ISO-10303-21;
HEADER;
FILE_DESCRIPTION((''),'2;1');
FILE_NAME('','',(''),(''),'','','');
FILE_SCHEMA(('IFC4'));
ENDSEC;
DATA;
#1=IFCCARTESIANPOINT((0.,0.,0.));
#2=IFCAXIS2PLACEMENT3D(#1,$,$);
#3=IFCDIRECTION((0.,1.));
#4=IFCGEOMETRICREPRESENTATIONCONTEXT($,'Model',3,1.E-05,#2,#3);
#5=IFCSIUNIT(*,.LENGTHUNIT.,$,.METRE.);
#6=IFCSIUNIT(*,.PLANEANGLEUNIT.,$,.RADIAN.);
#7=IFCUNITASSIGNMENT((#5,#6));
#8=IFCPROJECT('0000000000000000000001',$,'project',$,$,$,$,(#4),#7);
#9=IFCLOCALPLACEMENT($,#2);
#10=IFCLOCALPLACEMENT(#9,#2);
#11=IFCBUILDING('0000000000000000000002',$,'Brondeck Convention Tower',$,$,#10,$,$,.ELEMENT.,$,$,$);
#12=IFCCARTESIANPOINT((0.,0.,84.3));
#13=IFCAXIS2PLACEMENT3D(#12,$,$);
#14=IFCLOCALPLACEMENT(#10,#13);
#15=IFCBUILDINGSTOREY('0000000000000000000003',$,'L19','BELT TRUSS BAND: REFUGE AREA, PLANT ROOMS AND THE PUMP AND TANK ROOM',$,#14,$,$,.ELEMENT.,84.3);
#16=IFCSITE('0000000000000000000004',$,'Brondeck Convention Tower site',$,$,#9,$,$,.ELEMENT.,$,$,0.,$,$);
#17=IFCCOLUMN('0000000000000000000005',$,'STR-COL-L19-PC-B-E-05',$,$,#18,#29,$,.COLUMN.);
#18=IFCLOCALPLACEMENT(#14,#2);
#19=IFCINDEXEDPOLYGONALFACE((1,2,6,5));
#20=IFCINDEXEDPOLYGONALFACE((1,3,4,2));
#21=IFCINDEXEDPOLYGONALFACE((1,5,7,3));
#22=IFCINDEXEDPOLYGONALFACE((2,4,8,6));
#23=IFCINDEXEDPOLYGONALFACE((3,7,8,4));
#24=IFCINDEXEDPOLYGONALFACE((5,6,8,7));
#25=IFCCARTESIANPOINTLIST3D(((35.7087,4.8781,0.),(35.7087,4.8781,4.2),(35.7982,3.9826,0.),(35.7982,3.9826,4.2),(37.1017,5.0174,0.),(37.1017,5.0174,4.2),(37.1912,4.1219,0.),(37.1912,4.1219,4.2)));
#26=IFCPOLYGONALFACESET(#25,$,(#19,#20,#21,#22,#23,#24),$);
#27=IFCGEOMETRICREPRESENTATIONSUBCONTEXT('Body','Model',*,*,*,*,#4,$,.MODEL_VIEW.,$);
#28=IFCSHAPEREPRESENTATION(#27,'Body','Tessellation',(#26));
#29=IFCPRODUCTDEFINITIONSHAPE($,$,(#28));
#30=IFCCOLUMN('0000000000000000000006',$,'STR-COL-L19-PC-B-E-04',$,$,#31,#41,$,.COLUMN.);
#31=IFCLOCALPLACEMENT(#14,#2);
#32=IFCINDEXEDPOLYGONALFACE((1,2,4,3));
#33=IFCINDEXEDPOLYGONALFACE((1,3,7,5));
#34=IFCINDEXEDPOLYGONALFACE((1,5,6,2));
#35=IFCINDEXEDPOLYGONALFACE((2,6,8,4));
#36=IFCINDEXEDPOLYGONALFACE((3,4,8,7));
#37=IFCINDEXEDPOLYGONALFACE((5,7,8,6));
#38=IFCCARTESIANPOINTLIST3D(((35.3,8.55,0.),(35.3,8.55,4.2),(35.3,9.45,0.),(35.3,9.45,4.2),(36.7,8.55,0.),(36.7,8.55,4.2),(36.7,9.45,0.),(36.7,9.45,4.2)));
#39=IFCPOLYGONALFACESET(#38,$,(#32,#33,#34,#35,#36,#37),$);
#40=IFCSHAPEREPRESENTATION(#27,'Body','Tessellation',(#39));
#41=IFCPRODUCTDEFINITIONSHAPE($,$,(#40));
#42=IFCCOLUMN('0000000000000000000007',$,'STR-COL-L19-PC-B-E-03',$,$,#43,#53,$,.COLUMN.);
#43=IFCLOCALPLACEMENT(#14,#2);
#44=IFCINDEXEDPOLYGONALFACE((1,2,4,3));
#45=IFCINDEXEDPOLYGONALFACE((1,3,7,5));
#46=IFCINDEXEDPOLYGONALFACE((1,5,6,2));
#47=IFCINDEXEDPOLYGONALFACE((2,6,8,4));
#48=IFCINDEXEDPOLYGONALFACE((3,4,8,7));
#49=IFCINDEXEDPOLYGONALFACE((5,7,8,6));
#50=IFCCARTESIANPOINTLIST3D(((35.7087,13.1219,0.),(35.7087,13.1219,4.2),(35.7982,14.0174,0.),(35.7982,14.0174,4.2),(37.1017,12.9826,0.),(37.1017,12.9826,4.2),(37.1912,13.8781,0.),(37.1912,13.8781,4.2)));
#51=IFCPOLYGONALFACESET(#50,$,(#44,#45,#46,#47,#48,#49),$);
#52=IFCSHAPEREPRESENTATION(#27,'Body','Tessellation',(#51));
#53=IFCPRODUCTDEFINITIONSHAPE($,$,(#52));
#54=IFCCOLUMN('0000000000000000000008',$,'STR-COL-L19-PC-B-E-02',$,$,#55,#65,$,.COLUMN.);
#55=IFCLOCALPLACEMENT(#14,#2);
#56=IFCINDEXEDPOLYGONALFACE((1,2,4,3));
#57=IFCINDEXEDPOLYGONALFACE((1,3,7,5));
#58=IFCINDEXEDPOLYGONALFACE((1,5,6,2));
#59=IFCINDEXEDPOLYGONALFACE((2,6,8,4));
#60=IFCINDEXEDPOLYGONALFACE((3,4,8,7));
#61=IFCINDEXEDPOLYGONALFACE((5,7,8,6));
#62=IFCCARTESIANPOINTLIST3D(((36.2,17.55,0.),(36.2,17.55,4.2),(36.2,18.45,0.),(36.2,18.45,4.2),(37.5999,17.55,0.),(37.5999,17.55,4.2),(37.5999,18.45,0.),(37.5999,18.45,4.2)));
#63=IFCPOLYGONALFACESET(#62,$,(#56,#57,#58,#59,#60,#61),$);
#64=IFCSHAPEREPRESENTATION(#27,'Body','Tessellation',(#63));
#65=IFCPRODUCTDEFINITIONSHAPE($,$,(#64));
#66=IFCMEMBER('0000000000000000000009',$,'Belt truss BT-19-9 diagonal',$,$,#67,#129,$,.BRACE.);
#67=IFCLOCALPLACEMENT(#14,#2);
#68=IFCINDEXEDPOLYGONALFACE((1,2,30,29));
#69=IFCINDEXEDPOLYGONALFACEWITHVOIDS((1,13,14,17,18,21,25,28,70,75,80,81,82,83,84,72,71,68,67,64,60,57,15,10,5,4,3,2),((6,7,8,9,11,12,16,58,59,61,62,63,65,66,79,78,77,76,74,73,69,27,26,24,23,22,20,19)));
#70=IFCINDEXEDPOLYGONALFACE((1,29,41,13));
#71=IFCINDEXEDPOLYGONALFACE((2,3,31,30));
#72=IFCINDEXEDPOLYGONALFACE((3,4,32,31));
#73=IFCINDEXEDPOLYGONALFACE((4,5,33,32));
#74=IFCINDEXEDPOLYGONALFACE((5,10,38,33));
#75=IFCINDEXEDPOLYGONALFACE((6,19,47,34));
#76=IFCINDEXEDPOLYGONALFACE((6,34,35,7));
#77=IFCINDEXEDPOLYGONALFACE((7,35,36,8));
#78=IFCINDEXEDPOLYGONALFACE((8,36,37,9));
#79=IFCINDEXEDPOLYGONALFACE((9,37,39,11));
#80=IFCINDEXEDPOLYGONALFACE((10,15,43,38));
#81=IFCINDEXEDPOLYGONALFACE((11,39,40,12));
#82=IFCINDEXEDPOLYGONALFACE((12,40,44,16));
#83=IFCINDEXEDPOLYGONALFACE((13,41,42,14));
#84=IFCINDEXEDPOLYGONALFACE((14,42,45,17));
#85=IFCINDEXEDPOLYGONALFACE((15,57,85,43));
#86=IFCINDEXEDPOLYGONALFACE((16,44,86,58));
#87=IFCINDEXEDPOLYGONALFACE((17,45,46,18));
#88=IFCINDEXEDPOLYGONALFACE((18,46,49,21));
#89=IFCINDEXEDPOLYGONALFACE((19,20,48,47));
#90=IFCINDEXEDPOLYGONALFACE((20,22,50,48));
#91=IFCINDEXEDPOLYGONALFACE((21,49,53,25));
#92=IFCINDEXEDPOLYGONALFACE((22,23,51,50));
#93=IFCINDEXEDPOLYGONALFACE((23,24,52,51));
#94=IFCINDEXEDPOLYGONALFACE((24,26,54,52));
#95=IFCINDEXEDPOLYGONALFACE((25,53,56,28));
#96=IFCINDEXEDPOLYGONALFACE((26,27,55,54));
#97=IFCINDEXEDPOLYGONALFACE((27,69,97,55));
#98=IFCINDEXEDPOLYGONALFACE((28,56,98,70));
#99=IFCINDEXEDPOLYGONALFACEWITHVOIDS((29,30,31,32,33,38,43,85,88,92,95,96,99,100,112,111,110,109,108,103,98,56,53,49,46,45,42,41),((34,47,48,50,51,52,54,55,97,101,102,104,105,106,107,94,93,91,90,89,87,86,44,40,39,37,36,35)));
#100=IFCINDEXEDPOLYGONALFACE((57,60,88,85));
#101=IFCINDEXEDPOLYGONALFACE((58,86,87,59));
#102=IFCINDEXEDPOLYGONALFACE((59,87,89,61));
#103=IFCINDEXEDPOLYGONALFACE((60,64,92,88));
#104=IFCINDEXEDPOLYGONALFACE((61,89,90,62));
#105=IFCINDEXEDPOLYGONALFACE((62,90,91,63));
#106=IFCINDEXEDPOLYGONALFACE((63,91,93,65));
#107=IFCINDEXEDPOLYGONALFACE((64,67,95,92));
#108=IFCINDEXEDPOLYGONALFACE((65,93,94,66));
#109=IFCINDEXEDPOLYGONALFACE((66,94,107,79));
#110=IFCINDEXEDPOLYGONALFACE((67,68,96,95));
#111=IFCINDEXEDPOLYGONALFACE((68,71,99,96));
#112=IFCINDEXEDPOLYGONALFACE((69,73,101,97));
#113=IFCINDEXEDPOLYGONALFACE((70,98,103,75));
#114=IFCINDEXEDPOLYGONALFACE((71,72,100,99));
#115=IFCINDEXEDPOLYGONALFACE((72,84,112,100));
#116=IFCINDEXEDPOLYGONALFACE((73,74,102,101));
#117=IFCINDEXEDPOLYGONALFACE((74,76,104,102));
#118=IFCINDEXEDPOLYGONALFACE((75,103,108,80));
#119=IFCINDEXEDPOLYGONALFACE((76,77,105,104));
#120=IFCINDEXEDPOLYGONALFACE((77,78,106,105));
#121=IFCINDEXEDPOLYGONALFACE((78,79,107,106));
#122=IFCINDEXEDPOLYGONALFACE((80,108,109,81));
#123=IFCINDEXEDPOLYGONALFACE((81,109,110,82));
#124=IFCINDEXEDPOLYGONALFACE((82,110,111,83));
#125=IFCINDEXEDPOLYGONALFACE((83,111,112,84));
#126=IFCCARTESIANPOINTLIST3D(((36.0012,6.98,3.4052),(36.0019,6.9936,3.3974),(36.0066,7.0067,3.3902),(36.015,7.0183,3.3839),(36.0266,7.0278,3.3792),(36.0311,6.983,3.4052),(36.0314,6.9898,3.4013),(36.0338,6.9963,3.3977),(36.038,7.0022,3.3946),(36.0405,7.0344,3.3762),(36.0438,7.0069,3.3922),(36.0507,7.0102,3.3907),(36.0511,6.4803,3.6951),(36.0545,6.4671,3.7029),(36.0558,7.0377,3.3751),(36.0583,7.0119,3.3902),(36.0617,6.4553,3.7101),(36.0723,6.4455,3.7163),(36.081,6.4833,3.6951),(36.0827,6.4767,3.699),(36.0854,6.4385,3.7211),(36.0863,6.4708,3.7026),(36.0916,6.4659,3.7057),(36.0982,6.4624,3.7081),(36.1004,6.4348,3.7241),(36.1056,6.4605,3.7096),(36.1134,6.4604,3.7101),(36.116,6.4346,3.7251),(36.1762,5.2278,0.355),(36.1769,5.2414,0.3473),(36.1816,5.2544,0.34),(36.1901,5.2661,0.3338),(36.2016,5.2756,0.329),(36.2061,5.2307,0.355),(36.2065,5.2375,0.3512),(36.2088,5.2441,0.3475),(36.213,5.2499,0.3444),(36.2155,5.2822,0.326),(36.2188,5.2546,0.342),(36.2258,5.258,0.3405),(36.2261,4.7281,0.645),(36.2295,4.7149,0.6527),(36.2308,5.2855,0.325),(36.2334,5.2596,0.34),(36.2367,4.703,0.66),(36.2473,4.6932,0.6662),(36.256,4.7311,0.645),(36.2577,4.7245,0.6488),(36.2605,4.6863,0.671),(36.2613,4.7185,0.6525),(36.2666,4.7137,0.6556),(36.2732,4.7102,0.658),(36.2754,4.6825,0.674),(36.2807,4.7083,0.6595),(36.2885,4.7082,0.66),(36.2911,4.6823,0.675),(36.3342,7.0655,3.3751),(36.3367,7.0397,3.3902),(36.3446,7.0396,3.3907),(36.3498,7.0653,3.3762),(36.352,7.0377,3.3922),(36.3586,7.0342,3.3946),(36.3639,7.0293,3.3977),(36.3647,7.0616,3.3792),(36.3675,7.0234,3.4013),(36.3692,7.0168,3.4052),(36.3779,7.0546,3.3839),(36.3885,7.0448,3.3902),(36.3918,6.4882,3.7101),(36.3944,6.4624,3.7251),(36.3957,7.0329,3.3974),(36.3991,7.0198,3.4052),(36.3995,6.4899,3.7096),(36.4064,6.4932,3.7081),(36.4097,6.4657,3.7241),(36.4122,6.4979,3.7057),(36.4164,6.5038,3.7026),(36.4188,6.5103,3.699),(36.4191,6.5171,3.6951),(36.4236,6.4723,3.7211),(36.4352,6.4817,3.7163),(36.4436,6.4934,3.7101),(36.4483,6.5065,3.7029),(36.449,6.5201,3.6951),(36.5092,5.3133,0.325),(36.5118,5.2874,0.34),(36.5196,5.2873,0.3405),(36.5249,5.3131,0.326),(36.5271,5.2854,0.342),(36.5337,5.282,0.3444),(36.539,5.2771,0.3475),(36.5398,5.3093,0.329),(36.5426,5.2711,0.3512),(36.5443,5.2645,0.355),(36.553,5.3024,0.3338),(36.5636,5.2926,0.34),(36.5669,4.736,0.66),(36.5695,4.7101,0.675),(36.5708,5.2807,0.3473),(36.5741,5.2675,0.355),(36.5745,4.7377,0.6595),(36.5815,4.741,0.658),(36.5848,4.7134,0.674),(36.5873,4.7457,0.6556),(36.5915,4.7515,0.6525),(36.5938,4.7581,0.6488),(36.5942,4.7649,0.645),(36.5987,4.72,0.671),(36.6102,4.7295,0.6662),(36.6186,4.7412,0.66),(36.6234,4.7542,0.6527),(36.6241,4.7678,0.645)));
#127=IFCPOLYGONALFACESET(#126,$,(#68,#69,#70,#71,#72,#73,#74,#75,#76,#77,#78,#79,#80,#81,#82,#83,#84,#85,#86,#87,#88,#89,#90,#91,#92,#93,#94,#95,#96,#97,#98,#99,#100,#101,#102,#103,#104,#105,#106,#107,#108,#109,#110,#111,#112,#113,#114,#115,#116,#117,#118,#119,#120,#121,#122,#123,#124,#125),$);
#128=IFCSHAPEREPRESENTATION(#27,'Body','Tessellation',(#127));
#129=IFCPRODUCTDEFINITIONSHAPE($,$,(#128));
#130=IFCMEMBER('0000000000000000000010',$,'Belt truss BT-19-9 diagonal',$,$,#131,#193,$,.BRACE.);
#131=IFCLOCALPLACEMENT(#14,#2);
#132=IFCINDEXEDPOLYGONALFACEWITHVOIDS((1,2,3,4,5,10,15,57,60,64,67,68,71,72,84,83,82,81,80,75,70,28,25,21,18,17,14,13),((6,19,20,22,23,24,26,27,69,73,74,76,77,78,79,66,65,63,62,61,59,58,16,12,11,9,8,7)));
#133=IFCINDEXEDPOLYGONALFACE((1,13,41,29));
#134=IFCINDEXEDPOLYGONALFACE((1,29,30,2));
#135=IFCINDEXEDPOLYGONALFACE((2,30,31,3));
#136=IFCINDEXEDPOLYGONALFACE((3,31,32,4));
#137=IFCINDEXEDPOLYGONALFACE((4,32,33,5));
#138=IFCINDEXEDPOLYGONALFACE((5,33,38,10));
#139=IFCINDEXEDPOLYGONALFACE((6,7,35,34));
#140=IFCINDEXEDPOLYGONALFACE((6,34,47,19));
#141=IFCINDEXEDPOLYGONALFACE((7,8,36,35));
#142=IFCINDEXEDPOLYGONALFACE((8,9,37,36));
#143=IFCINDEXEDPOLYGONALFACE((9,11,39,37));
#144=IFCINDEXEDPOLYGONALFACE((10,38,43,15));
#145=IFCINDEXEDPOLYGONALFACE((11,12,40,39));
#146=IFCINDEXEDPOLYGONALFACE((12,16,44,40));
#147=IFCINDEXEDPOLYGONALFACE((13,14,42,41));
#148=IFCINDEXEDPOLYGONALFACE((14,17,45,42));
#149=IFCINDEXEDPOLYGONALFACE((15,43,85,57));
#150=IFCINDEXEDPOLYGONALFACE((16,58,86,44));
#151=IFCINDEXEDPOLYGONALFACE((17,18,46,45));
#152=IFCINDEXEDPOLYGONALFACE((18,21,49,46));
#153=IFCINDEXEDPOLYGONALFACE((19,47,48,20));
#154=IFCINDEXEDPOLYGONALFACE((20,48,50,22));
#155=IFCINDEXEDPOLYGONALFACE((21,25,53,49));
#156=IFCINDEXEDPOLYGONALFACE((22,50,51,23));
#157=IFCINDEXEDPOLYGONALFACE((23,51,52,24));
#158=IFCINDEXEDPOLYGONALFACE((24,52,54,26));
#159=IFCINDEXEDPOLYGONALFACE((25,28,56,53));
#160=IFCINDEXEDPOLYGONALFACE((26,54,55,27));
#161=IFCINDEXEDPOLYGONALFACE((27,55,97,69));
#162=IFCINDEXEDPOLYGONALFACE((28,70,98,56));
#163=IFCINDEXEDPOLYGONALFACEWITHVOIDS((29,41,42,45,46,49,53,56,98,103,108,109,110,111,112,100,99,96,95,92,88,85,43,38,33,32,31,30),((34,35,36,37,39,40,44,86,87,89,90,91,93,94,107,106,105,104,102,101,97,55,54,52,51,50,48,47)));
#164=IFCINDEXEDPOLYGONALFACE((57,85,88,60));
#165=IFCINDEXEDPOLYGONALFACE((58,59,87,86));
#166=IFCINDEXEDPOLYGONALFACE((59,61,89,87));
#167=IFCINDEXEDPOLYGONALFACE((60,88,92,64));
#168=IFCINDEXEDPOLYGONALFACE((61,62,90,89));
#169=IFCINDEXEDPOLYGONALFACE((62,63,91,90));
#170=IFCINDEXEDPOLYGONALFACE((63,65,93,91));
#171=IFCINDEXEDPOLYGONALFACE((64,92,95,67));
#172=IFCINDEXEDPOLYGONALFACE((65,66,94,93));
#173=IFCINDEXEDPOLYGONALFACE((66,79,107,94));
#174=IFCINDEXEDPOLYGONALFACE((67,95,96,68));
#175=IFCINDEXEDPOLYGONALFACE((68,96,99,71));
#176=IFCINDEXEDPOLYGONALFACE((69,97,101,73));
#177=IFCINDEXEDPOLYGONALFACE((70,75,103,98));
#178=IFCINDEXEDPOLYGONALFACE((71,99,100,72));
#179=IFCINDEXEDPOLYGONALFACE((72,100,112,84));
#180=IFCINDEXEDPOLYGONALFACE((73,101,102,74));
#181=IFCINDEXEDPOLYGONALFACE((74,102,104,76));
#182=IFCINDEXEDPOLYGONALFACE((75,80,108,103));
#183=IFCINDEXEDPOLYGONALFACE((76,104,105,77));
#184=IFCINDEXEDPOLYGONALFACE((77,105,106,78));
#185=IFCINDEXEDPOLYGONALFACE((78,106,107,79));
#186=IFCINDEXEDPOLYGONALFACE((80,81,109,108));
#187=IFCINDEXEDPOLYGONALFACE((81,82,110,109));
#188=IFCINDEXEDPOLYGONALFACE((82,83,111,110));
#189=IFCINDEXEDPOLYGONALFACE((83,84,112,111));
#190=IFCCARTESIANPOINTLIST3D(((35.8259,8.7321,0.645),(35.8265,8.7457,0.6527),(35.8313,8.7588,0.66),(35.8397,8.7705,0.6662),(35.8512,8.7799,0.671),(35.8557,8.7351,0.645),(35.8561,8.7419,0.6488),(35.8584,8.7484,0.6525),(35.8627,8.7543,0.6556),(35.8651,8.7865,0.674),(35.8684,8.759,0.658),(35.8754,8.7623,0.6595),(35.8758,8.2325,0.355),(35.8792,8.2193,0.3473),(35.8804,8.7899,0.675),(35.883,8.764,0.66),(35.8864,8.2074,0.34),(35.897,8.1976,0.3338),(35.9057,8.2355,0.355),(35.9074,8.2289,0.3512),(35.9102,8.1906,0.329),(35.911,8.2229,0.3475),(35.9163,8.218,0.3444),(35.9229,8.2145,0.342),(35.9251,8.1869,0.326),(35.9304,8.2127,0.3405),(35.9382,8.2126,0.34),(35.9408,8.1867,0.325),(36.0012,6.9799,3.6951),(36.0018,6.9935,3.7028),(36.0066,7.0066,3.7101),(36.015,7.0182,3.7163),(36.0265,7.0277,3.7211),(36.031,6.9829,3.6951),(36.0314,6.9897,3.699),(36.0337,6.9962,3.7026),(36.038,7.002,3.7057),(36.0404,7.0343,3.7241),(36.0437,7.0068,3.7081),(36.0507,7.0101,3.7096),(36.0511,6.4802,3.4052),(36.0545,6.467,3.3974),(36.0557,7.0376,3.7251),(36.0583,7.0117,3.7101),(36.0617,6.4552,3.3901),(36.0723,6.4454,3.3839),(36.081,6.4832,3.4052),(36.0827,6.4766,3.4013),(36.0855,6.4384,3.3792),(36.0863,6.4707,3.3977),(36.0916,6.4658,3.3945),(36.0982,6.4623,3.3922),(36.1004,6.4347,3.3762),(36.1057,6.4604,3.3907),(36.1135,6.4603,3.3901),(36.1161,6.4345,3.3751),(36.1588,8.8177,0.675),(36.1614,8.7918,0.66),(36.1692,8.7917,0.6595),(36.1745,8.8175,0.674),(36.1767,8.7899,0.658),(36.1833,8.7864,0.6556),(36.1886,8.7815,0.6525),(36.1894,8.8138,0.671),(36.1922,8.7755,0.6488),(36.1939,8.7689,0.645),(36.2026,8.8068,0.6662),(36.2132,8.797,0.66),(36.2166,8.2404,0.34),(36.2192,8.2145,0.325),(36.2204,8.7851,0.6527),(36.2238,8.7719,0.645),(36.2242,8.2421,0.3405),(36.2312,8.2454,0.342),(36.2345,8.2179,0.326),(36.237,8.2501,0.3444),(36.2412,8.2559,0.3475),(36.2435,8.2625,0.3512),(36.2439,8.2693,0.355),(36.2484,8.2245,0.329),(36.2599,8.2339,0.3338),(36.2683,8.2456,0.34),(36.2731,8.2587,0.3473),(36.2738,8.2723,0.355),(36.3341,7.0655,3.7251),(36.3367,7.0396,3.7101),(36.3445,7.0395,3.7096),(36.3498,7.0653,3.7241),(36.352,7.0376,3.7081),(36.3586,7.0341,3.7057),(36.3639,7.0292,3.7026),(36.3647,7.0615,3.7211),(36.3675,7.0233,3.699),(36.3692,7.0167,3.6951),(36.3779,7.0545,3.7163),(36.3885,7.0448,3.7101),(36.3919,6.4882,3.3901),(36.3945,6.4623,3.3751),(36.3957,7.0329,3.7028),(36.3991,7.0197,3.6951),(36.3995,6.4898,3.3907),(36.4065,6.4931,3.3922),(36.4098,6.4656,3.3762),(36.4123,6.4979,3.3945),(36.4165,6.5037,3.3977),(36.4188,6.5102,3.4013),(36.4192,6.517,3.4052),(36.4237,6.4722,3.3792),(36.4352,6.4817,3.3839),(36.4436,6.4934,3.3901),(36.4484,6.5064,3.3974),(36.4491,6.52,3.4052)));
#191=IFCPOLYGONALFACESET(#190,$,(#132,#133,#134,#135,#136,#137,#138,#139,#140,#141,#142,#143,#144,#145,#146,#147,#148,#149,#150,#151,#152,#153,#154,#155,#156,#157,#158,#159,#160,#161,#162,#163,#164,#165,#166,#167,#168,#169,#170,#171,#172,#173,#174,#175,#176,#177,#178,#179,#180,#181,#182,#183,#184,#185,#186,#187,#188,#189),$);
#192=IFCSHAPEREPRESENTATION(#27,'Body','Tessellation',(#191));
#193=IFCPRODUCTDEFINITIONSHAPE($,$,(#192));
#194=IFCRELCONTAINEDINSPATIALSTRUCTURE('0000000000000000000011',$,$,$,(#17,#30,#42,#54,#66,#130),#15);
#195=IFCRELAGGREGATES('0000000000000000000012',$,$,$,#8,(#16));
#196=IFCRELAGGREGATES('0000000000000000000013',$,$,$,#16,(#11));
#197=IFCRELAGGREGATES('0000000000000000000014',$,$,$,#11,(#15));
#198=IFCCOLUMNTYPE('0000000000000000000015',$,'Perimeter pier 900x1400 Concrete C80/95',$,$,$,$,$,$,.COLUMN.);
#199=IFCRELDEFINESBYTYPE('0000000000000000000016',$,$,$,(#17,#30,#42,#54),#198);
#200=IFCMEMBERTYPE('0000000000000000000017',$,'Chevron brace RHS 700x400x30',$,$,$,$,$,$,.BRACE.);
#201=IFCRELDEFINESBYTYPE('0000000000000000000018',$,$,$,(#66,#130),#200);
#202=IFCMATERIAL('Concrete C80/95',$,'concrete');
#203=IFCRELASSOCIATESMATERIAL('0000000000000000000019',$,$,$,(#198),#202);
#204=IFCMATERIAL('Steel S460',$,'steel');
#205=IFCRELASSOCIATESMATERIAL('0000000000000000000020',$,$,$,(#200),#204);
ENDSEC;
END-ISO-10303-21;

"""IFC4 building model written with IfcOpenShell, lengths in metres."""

from ifc_helpers import new_model, si_unit, direction, frame, origin, origin_2d, place, context, subcontext, project, spatial, rectangle, hollow_rectangle, extrude, material, material_profile, profile_set, type_object, element, save


model = new_model("IFC4")

# Units and contexts
model_context = context("Model", 3, precision=1e-05, world=origin(), true_north=direction((0.0, 1.0)))
body_context = subcontext(model_context, "Body", "Model", "MODEL_VIEW")
ifc_project = project(units=[si_unit("LENGTHUNIT", "METRE"), si_unit("PLANEANGLEUNIT", "RADIAN")], contexts=[model_context])

# Site, building, storey
site_placement = place(None, origin())
site = spatial("IfcSite", under=ifc_project, at=site_placement, Name="Brondeck Convention Tower site", CompositionType="ELEMENT", RefElevation=0.0)
building_placement = place(site_placement, origin())
building = spatial("IfcBuilding", under=site, at=building_placement, Name="Brondeck Convention Tower", CompositionType="ELEMENT")
storey_placement = place(building_placement, frame((0.0, 0.0, 84.3)))
storey = spatial("IfcBuildingStorey", under=building, at=storey_placement, Name="L19", Description="BELT TRUSS BAND: REFUGE AREA, PLANT ROOMS AND THE PUMP AND TANK ROOM", CompositionType="ELEMENT", Elevation=84.3)

# Columns
ifc_material_1 = material(Name="Concrete C80/95", Category="concrete")
ifc_material_profile_1 = material_profile(ifc_material_1, rectangle(XDim=0.8999, YDim=1.3999, at=origin_2d()), Name="Perimeter pier 900x1400 Concrete C80/95")
ifc_profile_set_1 = profile_set([ifc_material_profile_1], Name="Concrete C80/95")
column_type = type_object("IfcColumnType", Name="Perimeter pier 900x1400 Concrete C80/95", PredefinedType="COLUMN", material=ifc_profile_set_1)
for number, where, z_axis, x_axis, name in (
    (1, (36.45, 4.5, 0.0), (0.0, 0.0, 1.0), (-0.099504, 0.995037, 0.0), "STR-COL-L19-PC-B-E-05"),
    (2, (36.0, 9.0, 0.0), (0.0, 0.0, 1.0), (0.0, 1.0, 0.0), "STR-COL-L19-PC-B-E-04"),
    (3, (36.45, 13.5, 0.0), (0.0, 0.0, 1.0), (0.099504, 0.995037, 0.0), "STR-COL-L19-PC-B-E-03"),
    (4, (36.8999, 18.0, 0.0), (0.0, 0.0, 1.0), (0.0, 1.0, 0.0), "STR-COL-L19-PC-B-E-02"),
):
    element("IfcColumn", number, at=place(storey_placement, frame(where, z_axis=z_axis, x_axis=x_axis)), inside=storey, type_object=column_type, Name=name, PredefinedType="COLUMN", context=body_context, shape_type="SweptSolid", body=[
        extrude(rectangle(XDim=0.8999, YDim=1.3999, at=origin_2d()), origin(), (0.0, 0.0, 1.0), 4.2),
    ])

# Members
ifc_material_2 = material(Name="Steel S460", Category="steel")
ifc_material_profile_2 = material_profile(ifc_material_2, hollow_rectangle(XDim=0.3999, YDim=0.7, WallThickness=0.03, InnerFilletRadius=0.03, OuterFilletRadius=0.0601, at=origin_2d()), Name="RHS 700x400x30")
ifc_profile_set_2 = profile_set([ifc_material_profile_2], Name="Steel S460")
member_type_1 = type_object("IfcMemberType", Name="Chevron brace RHS 700x400x30", PredefinedType="BRACE", material=ifc_profile_set_2)
for number, where, z_axis, x_axis, name in (
    (5, (36.4001, 4.9978, 0.5), (-0.049703, 0.497518, 0.866029), (-0.995047, -0.099408, 0.0), "Belt truss BT-19-9 diagonal"),
    (6, (36.0498, 8.5022, 0.5), (0.049772, -0.497516, 0.866026), (0.995033, 0.099545, 0.0), "Belt truss BT-19-9 diagonal"),
):
    element("IfcMember", number, at=place(storey_placement, frame(where, z_axis=z_axis, x_axis=x_axis)), inside=storey, type_object=member_type_1, Name=name, PredefinedType="BRACE", context=body_context, shape_type="SweptSolid", body=[
        extrude(hollow_rectangle(XDim=0.3999, YDim=0.7, WallThickness=0.03, InnerFilletRadius=0.03, OuterFilletRadius=0.0601, at=origin_2d()), origin(), (0.0, 0.0, 1.0), 3.522),
    ])

save(model, "model.ifc")
